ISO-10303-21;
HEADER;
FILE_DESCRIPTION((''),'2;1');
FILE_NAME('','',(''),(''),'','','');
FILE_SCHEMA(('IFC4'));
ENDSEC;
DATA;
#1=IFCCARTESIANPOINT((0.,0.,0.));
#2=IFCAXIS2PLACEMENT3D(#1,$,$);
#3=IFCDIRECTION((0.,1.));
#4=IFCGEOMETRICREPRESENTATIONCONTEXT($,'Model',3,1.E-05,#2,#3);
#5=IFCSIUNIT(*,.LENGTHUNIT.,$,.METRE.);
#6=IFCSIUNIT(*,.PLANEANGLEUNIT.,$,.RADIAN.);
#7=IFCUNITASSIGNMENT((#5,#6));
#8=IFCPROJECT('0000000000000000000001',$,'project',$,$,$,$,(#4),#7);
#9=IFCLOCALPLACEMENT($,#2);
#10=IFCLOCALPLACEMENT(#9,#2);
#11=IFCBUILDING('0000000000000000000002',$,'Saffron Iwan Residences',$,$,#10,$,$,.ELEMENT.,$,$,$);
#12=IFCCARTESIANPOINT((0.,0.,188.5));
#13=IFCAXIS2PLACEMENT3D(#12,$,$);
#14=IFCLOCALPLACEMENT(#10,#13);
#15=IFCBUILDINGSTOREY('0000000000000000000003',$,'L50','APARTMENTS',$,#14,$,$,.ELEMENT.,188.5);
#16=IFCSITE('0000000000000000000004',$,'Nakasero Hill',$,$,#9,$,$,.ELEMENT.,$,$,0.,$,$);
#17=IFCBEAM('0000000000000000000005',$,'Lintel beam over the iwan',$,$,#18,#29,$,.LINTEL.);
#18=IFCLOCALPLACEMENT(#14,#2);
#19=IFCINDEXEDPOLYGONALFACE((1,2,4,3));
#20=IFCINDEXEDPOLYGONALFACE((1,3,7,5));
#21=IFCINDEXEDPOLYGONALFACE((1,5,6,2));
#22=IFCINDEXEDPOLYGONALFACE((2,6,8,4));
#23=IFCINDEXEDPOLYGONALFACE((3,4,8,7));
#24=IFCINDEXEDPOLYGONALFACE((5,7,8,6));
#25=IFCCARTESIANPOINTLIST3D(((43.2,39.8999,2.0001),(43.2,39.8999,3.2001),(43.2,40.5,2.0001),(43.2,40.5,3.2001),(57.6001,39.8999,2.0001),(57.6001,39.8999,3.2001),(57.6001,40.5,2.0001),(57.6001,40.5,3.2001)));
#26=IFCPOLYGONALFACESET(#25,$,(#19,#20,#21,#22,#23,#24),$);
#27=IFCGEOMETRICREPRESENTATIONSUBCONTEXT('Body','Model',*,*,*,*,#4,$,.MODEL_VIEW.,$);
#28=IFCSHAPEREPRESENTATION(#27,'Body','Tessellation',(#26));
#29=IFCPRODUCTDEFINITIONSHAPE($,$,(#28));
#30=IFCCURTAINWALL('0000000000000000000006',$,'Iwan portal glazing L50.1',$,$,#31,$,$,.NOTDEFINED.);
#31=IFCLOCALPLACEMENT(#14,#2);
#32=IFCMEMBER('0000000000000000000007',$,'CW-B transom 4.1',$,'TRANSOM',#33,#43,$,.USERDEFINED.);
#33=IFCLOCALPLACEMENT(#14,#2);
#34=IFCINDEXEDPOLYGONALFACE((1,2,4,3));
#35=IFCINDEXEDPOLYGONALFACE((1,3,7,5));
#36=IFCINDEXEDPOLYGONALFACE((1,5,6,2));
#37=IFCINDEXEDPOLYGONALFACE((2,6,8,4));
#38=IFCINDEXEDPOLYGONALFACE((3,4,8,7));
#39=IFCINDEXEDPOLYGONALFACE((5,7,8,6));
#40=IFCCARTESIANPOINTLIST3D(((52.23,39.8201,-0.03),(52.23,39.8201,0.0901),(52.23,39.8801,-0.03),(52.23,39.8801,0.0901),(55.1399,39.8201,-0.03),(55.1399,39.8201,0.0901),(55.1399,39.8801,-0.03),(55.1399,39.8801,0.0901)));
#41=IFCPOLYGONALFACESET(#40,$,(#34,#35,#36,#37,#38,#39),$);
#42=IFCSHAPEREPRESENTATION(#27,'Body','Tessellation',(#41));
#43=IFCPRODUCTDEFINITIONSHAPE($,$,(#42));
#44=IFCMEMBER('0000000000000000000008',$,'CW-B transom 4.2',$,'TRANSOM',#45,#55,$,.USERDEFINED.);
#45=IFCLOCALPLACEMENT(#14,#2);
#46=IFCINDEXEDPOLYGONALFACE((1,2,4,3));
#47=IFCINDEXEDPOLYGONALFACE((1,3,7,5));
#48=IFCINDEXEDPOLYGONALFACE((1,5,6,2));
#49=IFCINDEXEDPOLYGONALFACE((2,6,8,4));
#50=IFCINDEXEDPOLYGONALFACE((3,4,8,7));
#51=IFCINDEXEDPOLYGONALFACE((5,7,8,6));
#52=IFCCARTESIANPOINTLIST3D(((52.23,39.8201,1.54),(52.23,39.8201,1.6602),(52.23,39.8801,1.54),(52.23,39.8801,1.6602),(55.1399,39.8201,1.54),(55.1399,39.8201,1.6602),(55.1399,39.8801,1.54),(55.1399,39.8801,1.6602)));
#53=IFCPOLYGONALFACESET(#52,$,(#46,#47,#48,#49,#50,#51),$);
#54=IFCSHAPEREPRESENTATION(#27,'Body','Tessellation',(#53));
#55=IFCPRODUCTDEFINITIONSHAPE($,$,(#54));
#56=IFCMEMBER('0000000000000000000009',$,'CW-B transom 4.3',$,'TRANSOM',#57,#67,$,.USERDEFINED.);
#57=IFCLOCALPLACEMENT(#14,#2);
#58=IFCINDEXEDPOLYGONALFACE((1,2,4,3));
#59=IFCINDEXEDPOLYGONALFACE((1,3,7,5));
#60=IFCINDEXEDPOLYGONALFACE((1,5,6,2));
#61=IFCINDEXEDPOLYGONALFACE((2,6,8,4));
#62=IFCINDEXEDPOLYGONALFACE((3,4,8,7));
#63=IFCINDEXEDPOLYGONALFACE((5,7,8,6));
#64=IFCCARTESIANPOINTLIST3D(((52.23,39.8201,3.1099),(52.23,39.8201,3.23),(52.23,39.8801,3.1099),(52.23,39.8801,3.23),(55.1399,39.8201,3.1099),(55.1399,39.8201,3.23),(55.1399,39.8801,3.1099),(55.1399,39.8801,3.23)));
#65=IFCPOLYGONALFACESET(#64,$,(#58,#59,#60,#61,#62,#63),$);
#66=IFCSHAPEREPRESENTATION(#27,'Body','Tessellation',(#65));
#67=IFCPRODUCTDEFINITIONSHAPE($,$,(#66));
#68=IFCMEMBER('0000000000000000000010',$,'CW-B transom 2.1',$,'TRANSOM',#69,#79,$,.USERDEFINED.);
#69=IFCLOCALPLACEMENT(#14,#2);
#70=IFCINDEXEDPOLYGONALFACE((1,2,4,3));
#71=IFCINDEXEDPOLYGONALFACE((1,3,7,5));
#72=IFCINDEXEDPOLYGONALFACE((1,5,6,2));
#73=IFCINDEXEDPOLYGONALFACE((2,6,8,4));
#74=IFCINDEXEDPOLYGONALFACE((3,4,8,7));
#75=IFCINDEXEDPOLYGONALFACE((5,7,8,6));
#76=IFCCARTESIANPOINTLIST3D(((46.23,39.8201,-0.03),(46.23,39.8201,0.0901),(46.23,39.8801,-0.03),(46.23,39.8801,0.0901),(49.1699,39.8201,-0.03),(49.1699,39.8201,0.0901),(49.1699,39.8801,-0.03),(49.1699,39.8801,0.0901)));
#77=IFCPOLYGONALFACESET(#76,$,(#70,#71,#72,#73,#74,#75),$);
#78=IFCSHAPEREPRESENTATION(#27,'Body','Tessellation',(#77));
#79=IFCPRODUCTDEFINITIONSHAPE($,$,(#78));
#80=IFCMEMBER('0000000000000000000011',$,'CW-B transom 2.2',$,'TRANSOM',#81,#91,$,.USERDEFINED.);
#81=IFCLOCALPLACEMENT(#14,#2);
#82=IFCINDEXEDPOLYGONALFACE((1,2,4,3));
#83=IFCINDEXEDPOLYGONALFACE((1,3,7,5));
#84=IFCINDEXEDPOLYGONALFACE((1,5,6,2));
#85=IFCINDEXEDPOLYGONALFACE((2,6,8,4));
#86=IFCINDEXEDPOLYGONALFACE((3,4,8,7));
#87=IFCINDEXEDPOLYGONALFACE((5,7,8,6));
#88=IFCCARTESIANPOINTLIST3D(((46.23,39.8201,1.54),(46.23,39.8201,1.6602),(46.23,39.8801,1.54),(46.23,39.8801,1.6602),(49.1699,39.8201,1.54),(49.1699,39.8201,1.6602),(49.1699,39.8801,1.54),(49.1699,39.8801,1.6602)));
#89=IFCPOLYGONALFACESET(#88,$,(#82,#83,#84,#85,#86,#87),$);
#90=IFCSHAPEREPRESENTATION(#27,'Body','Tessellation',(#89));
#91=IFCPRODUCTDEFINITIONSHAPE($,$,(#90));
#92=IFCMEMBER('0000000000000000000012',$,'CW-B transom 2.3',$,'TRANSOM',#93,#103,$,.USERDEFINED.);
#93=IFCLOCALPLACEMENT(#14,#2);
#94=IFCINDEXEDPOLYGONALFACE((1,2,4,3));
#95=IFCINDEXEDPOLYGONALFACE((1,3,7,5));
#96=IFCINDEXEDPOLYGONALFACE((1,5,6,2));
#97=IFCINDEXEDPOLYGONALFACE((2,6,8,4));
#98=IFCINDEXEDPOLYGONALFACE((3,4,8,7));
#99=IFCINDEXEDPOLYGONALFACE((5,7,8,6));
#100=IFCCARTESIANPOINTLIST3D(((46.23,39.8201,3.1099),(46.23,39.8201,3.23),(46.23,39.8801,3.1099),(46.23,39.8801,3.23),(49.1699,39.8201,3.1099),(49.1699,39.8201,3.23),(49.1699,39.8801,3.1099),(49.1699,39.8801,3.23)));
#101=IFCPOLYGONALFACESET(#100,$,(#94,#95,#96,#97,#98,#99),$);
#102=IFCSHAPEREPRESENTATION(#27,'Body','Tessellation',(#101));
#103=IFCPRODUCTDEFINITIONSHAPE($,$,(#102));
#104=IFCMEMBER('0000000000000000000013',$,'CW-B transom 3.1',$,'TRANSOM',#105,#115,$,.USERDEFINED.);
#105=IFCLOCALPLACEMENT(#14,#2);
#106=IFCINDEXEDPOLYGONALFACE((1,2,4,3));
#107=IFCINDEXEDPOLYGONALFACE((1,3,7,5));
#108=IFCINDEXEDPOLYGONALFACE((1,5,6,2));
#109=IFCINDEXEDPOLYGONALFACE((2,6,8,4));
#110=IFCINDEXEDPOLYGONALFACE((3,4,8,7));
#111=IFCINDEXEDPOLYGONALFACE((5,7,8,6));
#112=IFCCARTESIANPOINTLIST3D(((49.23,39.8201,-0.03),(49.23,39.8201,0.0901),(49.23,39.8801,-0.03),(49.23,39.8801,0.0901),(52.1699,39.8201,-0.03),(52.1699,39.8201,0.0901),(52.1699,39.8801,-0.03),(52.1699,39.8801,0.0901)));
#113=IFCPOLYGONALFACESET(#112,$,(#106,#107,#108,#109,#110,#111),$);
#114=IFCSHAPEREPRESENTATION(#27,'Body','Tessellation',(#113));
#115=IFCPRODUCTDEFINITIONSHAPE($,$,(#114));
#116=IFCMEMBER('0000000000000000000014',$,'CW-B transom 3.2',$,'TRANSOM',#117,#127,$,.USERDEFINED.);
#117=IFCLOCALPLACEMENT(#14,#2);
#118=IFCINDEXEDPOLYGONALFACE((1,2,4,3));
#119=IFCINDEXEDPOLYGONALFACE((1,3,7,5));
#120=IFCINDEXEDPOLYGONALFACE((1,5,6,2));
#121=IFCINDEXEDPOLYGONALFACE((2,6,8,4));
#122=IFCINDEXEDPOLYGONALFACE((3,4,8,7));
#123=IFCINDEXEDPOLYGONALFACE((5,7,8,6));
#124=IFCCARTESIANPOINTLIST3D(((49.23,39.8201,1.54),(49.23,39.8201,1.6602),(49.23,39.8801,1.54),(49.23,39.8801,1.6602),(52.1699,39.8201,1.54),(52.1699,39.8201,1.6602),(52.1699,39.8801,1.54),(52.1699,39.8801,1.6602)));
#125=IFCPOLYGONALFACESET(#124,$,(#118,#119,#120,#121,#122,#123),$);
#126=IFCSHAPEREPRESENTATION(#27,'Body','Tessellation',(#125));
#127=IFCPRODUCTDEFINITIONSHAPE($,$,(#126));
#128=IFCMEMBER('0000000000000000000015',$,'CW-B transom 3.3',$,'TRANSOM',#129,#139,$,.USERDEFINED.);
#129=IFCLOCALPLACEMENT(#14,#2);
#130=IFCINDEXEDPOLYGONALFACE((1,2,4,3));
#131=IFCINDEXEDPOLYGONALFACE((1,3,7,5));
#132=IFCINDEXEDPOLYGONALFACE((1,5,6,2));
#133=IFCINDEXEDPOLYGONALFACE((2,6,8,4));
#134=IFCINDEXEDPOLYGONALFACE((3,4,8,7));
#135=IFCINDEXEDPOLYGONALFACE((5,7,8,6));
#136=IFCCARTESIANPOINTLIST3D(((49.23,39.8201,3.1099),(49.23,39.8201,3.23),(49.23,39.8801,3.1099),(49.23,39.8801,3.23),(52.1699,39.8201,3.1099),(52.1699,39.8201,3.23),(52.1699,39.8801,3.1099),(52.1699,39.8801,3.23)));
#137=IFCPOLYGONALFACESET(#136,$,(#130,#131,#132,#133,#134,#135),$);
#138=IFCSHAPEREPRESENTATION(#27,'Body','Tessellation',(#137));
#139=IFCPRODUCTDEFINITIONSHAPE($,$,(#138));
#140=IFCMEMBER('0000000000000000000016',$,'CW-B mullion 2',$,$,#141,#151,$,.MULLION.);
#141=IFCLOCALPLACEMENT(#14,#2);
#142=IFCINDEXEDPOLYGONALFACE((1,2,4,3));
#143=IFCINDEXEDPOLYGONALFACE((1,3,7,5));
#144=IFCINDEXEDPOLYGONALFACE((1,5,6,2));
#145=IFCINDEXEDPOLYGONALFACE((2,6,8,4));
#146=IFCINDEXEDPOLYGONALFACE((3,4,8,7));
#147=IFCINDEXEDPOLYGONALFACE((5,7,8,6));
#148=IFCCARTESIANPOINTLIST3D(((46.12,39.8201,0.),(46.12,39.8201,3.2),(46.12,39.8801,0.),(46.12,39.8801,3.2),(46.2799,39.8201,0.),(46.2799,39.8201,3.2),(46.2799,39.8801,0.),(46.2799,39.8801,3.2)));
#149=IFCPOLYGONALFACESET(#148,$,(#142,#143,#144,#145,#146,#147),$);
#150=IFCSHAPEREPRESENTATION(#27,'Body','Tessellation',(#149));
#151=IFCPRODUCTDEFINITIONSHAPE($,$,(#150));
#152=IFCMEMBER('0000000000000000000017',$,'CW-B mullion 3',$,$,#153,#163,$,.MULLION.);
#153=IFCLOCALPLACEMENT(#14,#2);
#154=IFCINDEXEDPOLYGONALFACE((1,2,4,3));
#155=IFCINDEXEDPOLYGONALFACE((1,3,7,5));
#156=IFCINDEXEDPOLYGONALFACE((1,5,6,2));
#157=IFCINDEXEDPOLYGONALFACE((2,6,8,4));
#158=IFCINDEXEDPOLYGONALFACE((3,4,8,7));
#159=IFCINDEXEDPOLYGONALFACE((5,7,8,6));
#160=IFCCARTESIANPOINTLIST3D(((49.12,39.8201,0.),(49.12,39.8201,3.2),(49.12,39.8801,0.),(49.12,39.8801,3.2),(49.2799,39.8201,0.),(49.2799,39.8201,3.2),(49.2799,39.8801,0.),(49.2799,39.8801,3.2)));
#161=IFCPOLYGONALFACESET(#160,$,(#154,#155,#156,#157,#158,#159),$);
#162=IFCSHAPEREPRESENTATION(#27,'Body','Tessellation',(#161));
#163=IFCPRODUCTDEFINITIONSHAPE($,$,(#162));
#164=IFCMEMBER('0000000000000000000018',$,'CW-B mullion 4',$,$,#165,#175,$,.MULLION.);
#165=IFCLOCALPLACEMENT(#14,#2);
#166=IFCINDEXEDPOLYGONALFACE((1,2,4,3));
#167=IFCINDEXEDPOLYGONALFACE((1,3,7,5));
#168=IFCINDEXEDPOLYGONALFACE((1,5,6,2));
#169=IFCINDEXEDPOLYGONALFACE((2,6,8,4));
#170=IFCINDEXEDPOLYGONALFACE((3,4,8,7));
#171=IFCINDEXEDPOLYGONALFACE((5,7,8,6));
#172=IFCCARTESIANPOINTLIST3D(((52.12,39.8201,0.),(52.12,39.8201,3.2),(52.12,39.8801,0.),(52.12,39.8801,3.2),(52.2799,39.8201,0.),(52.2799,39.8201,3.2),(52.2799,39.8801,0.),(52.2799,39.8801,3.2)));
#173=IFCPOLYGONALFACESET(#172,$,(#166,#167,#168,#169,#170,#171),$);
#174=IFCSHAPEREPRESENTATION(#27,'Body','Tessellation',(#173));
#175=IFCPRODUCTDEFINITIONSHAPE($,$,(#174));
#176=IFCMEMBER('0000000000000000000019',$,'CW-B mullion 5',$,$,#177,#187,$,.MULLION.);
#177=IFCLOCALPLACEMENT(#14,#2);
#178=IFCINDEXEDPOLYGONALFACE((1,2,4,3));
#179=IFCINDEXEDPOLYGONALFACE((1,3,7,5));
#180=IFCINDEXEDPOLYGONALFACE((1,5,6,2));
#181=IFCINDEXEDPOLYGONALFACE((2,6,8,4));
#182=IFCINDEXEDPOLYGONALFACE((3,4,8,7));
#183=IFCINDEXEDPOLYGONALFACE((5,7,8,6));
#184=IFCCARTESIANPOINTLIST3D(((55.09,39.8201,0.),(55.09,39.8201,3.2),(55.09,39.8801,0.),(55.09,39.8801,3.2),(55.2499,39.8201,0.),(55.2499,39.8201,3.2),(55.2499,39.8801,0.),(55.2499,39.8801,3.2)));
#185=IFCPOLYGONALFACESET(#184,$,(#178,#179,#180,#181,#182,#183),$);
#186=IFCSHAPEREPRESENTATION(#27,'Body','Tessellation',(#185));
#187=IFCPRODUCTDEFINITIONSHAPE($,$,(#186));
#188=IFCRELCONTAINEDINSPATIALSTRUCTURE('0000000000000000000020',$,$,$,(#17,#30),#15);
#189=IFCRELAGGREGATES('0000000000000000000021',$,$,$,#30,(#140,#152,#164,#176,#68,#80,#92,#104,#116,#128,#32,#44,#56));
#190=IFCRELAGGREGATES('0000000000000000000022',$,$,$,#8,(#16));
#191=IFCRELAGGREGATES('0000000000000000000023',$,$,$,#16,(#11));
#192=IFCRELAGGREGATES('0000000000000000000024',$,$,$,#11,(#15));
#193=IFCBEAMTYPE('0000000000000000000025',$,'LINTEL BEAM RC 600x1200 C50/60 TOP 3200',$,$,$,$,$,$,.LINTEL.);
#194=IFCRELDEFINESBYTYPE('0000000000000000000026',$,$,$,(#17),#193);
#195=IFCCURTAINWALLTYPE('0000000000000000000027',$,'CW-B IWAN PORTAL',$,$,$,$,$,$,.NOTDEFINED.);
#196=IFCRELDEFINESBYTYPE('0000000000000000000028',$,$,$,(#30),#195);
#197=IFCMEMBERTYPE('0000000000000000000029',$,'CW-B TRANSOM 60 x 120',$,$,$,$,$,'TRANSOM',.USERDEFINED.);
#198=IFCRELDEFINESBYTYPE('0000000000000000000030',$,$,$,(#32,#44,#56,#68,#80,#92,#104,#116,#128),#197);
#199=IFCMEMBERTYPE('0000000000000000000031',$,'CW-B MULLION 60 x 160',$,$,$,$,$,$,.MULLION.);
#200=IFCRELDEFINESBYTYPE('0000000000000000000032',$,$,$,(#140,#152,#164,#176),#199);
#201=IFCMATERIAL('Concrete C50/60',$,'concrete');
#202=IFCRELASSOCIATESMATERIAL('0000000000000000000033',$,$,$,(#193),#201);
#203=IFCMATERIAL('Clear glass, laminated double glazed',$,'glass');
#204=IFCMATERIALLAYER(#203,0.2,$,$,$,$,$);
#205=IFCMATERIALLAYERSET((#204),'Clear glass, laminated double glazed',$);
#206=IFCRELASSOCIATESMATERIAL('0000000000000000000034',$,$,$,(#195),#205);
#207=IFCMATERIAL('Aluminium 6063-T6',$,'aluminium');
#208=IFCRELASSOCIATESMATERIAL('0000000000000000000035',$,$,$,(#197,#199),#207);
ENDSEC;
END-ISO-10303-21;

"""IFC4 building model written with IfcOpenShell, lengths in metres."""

from ifc_helpers import new_model, si_unit, direction, frame, origin, origin_2d, place, context, subcontext, project, spatial, rectangle, extrude, source, transform, mapped, material, layer, layer_set, material_profile, profile_set, type_object, element, aggregate, save


model = new_model("IFC4")

# Units and contexts
model_context = context("Model", 3, precision=1e-05, world=origin(), true_north=direction((0.0, 1.0)))
body_context = subcontext(model_context, "Body", "Model", "MODEL_VIEW")
ifc_project = project(units=[si_unit("LENGTHUNIT", "METRE"), si_unit("PLANEANGLEUNIT", "RADIAN")], contexts=[model_context])

# Site, building, storey
site_placement = place(None, origin())
site = spatial("IfcSite", under=ifc_project, at=site_placement, Name="Nakasero Hill", CompositionType="ELEMENT", RefElevation=0.0)
building_placement = place(site_placement, origin())
building = spatial("IfcBuilding", under=site, at=building_placement, Name="Saffron Iwan Residences", CompositionType="ELEMENT")
storey_placement = place(building_placement, frame((0.0, 0.0, 188.5)))
storey = spatial("IfcBuildingStorey", under=building, at=storey_placement, Name="L50", Description="APARTMENTS", CompositionType="ELEMENT", Elevation=188.5)

# Beam
ifc_material_1 = material(Name="Concrete C50/60", Category="concrete")
ifc_material_profile_1 = material_profile(ifc_material_1, rectangle(XDim=0.6001, YDim=1.2, at=origin_2d()), Name="RC 600x1200")
ifc_profile_set_1 = profile_set([ifc_material_profile_1], Name="Concrete C50/60")
beam_type = type_object("IfcBeamType", Name="LINTEL BEAM RC 600x1200 C50/60 TOP 3200", PredefinedType="LINTEL", material=ifc_profile_set_1)
shared_shape_1 = source(origin(), body_context, "Body", "SweptSolid", [
    extrude(rectangle(XDim=0.6001, YDim=1.2, at=origin_2d()), origin(), (0.0, 0.0, 1.0), 14.4001),
])
beam_placement = place(storey_placement, frame((57.6001, 40.2, 2.6001), z_axis=(-1.0, 0.0, 0.0), x_axis=(0.0, -1.0, 0.0)))
element("IfcBeam", 1, at=beam_placement, inside=storey, type_object=beam_type, Name="Lintel beam over the iwan", PredefinedType="LINTEL", context=body_context, shape_type="MappedRepresentation", body=[
    mapped(shared_shape_1, transform((0.0, 0.0, 0.0))),
])

# Curtain wall, members
ifc_material_2 = material(Name="Clear glass, laminated double glazed", Category="glass")
ifc_layer_1 = layer(ifc_material_2, 0.2)
ifc_layer_set_1 = layer_set([ifc_layer_1], Name="Clear glass, laminated double glazed")
curtain_wall_type = type_object("IfcCurtainWallType", Name="CW-B IWAN PORTAL", PredefinedType="NOTDEFINED", material=ifc_layer_set_1)
curtain_wall_placement = place(storey_placement, origin())
curtain_wall = element("IfcCurtainWall", 2, at=curtain_wall_placement, inside=storey, type_object=curtain_wall_type, Name="Iwan portal glazing L50.1", PredefinedType="NOTDEFINED")
ifc_material_3 = material(Name="Aluminium 6063-T6", Category="aluminium")
ifc_material_profile_2 = material_profile(ifc_material_3, rectangle(XDim=0.0601, YDim=0.1201, at=origin_2d()), Name="CW-B TRANSOM 60 x 120")
ifc_profile_set_2 = profile_set([ifc_material_profile_2], Name="Aluminium 6063-T6")
member_type_1 = type_object("IfcMemberType", Name="CW-B TRANSOM 60 x 120", ElementType="TRANSOM", PredefinedType="USERDEFINED", material=ifc_profile_set_2)
shared_shape_2 = source(origin(), body_context, "Body", "SweptSolid", [
    extrude(rectangle(XDim=0.0601, YDim=0.1201, at=origin_2d()), origin(), (0.0, 0.0, 1.0), 2.9099),
])
member_1_placement = place(storey_placement, frame((52.23, 39.8501, 0.03), z_axis=(1.0, 0.0, 0.0), x_axis=(0.0, 1.0, 0.0)))
member_1 = element("IfcMember", 3, at=member_1_placement, type_object=member_type_1, Name="CW-B transom 4.1", ObjectType="TRANSOM", PredefinedType="USERDEFINED", context=body_context, shape_type="MappedRepresentation", body=[
    mapped(shared_shape_2, transform((0.0, 0.0, 0.0))),
])
member_2_placement = place(storey_placement, frame((52.23, 39.8501, 1.6001), z_axis=(1.0, 0.0, 0.0), x_axis=(0.0, 1.0, 0.0)))
member_2 = element("IfcMember", 4, at=member_2_placement, type_object=member_type_1, Name="CW-B transom 4.2", ObjectType="TRANSOM", PredefinedType="USERDEFINED", context=body_context, shape_type="MappedRepresentation", body=[
    mapped(shared_shape_2, transform((0.0, 0.0, 0.0))),
])
member_3_placement = place(storey_placement, frame((52.23, 39.8501, 3.1699), z_axis=(1.0, 0.0, 0.0), x_axis=(0.0, 1.0, 0.0)))
member_3 = element("IfcMember", 5, at=member_3_placement, type_object=member_type_1, Name="CW-B transom 4.3", ObjectType="TRANSOM", PredefinedType="USERDEFINED", context=body_context, shape_type="MappedRepresentation", body=[
    mapped(shared_shape_2, transform((0.0, 0.0, 0.0))),
])
shared_shape_3 = source(origin(), body_context, "Body", "SweptSolid", [
    extrude(rectangle(XDim=0.0601, YDim=0.1201, at=origin_2d()), origin(), (0.0, 0.0, 1.0), 2.9399),
])
member_4_placement = place(storey_placement, frame((46.23, 39.8501, 0.03), z_axis=(1.0, 0.0, 0.0), x_axis=(0.0, 1.0, 0.0)))
member_4 = element("IfcMember", 6, at=member_4_placement, type_object=member_type_1, Name="CW-B transom 2.1", ObjectType="TRANSOM", PredefinedType="USERDEFINED", context=body_context, shape_type="MappedRepresentation", body=[
    mapped(shared_shape_3, transform((0.0, 0.0, 0.0))),
])
member_5_placement = place(storey_placement, frame((46.23, 39.8501, 1.6001), z_axis=(1.0, 0.0, 0.0), x_axis=(0.0, 1.0, 0.0)))
member_5 = element("IfcMember", 7, at=member_5_placement, type_object=member_type_1, Name="CW-B transom 2.2", ObjectType="TRANSOM", PredefinedType="USERDEFINED", context=body_context, shape_type="MappedRepresentation", body=[
    mapped(shared_shape_3, transform((0.0, 0.0, 0.0))),
])
member_6_placement = place(storey_placement, frame((46.23, 39.8501, 3.1699), z_axis=(1.0, 0.0, 0.0), x_axis=(0.0, 1.0, 0.0)))
member_6 = element("IfcMember", 8, at=member_6_placement, type_object=member_type_1, Name="CW-B transom 2.3", ObjectType="TRANSOM", PredefinedType="USERDEFINED", context=body_context, shape_type="MappedRepresentation", body=[
    mapped(shared_shape_3, transform((0.0, 0.0, 0.0))),
])
member_7_placement = place(storey_placement, frame((49.23, 39.8501, 0.03), z_axis=(1.0, 0.0, 0.0), x_axis=(0.0, 1.0, 0.0)))
member_7 = element("IfcMember", 9, at=member_7_placement, type_object=member_type_1, Name="CW-B transom 3.1", ObjectType="TRANSOM", PredefinedType="USERDEFINED", context=body_context, shape_type="MappedRepresentation", body=[
    mapped(shared_shape_3, transform((0.0, 0.0, 0.0))),
])
member_8_placement = place(storey_placement, frame((49.23, 39.8501, 1.6001), z_axis=(1.0, 0.0, 0.0), x_axis=(0.0, 1.0, 0.0)))
member_8 = element("IfcMember", 10, at=member_8_placement, type_object=member_type_1, Name="CW-B transom 3.2", ObjectType="TRANSOM", PredefinedType="USERDEFINED", context=body_context, shape_type="MappedRepresentation", body=[
    mapped(shared_shape_3, transform((0.0, 0.0, 0.0))),
])
member_9_placement = place(storey_placement, frame((49.23, 39.8501, 3.1699), z_axis=(1.0, 0.0, 0.0), x_axis=(0.0, 1.0, 0.0)))
member_9 = element("IfcMember", 11, at=member_9_placement, type_object=member_type_1, Name="CW-B transom 3.3", ObjectType="TRANSOM", PredefinedType="USERDEFINED", context=body_context, shape_type="MappedRepresentation", body=[
    mapped(shared_shape_3, transform((0.0, 0.0, 0.0))),
])
ifc_material_profile_3 = material_profile(ifc_material_3, rectangle(XDim=0.0601, YDim=0.1599, at=origin_2d()), Name="CW-B MULLION 60 x 160")
ifc_profile_set_3 = profile_set([ifc_material_profile_3], Name="Aluminium 6063-T6")
member_type_2 = type_object("IfcMemberType", Name="CW-B MULLION 60 x 160", PredefinedType="MULLION", material=ifc_profile_set_3)
shared_shape_4 = source(origin(), body_context, "Body", "SweptSolid", [
    extrude(rectangle(XDim=0.0601, YDim=0.1599, at=origin_2d()), origin(), (0.0, 0.0, 1.0), 3.2),
])
member_10_placement = place(storey_placement, frame((46.2, 39.8501, 0.0), z_axis=(0.0, 0.0, 1.0), x_axis=(0.0, 1.0, 0.0)))
member_10 = element("IfcMember", 12, at=member_10_placement, type_object=member_type_2, Name="CW-B mullion 2", PredefinedType="MULLION", context=body_context, shape_type="MappedRepresentation", body=[
    mapped(shared_shape_4, transform((0.0, 0.0, 0.0))),
])
member_11_placement = place(storey_placement, frame((49.2, 39.8501, 0.0), z_axis=(0.0, 0.0, 1.0), x_axis=(0.0, 1.0, 0.0)))
member_11 = element("IfcMember", 13, at=member_11_placement, type_object=member_type_2, Name="CW-B mullion 3", PredefinedType="MULLION", context=body_context, shape_type="MappedRepresentation", body=[
    mapped(shared_shape_4, transform((0.0, 0.0, 0.0))),
])
member_12_placement = place(storey_placement, frame((52.2, 39.8501, 0.0), z_axis=(0.0, 0.0, 1.0), x_axis=(0.0, 1.0, 0.0)))
member_12 = element("IfcMember", 14, at=member_12_placement, type_object=member_type_2, Name="CW-B mullion 4", PredefinedType="MULLION", context=body_context, shape_type="MappedRepresentation", body=[
    mapped(shared_shape_4, transform((0.0, 0.0, 0.0))),
])
member_13_placement = place(storey_placement, frame((55.1699, 39.8501, 0.0), z_axis=(0.0, 0.0, 1.0), x_axis=(0.0, 1.0, 0.0)))
member_13 = element("IfcMember", 15, at=member_13_placement, type_object=member_type_2, Name="CW-B mullion 5", PredefinedType="MULLION", context=body_context, shape_type="MappedRepresentation", body=[
    mapped(shared_shape_4, transform((0.0, 0.0, 0.0))),
])
aggregate(curtain_wall, [member_10, member_11, member_12, member_13, member_4, member_5, member_6, member_7, member_8, member_9, member_1, member_2, member_3])

save(model, "model.ifc")
